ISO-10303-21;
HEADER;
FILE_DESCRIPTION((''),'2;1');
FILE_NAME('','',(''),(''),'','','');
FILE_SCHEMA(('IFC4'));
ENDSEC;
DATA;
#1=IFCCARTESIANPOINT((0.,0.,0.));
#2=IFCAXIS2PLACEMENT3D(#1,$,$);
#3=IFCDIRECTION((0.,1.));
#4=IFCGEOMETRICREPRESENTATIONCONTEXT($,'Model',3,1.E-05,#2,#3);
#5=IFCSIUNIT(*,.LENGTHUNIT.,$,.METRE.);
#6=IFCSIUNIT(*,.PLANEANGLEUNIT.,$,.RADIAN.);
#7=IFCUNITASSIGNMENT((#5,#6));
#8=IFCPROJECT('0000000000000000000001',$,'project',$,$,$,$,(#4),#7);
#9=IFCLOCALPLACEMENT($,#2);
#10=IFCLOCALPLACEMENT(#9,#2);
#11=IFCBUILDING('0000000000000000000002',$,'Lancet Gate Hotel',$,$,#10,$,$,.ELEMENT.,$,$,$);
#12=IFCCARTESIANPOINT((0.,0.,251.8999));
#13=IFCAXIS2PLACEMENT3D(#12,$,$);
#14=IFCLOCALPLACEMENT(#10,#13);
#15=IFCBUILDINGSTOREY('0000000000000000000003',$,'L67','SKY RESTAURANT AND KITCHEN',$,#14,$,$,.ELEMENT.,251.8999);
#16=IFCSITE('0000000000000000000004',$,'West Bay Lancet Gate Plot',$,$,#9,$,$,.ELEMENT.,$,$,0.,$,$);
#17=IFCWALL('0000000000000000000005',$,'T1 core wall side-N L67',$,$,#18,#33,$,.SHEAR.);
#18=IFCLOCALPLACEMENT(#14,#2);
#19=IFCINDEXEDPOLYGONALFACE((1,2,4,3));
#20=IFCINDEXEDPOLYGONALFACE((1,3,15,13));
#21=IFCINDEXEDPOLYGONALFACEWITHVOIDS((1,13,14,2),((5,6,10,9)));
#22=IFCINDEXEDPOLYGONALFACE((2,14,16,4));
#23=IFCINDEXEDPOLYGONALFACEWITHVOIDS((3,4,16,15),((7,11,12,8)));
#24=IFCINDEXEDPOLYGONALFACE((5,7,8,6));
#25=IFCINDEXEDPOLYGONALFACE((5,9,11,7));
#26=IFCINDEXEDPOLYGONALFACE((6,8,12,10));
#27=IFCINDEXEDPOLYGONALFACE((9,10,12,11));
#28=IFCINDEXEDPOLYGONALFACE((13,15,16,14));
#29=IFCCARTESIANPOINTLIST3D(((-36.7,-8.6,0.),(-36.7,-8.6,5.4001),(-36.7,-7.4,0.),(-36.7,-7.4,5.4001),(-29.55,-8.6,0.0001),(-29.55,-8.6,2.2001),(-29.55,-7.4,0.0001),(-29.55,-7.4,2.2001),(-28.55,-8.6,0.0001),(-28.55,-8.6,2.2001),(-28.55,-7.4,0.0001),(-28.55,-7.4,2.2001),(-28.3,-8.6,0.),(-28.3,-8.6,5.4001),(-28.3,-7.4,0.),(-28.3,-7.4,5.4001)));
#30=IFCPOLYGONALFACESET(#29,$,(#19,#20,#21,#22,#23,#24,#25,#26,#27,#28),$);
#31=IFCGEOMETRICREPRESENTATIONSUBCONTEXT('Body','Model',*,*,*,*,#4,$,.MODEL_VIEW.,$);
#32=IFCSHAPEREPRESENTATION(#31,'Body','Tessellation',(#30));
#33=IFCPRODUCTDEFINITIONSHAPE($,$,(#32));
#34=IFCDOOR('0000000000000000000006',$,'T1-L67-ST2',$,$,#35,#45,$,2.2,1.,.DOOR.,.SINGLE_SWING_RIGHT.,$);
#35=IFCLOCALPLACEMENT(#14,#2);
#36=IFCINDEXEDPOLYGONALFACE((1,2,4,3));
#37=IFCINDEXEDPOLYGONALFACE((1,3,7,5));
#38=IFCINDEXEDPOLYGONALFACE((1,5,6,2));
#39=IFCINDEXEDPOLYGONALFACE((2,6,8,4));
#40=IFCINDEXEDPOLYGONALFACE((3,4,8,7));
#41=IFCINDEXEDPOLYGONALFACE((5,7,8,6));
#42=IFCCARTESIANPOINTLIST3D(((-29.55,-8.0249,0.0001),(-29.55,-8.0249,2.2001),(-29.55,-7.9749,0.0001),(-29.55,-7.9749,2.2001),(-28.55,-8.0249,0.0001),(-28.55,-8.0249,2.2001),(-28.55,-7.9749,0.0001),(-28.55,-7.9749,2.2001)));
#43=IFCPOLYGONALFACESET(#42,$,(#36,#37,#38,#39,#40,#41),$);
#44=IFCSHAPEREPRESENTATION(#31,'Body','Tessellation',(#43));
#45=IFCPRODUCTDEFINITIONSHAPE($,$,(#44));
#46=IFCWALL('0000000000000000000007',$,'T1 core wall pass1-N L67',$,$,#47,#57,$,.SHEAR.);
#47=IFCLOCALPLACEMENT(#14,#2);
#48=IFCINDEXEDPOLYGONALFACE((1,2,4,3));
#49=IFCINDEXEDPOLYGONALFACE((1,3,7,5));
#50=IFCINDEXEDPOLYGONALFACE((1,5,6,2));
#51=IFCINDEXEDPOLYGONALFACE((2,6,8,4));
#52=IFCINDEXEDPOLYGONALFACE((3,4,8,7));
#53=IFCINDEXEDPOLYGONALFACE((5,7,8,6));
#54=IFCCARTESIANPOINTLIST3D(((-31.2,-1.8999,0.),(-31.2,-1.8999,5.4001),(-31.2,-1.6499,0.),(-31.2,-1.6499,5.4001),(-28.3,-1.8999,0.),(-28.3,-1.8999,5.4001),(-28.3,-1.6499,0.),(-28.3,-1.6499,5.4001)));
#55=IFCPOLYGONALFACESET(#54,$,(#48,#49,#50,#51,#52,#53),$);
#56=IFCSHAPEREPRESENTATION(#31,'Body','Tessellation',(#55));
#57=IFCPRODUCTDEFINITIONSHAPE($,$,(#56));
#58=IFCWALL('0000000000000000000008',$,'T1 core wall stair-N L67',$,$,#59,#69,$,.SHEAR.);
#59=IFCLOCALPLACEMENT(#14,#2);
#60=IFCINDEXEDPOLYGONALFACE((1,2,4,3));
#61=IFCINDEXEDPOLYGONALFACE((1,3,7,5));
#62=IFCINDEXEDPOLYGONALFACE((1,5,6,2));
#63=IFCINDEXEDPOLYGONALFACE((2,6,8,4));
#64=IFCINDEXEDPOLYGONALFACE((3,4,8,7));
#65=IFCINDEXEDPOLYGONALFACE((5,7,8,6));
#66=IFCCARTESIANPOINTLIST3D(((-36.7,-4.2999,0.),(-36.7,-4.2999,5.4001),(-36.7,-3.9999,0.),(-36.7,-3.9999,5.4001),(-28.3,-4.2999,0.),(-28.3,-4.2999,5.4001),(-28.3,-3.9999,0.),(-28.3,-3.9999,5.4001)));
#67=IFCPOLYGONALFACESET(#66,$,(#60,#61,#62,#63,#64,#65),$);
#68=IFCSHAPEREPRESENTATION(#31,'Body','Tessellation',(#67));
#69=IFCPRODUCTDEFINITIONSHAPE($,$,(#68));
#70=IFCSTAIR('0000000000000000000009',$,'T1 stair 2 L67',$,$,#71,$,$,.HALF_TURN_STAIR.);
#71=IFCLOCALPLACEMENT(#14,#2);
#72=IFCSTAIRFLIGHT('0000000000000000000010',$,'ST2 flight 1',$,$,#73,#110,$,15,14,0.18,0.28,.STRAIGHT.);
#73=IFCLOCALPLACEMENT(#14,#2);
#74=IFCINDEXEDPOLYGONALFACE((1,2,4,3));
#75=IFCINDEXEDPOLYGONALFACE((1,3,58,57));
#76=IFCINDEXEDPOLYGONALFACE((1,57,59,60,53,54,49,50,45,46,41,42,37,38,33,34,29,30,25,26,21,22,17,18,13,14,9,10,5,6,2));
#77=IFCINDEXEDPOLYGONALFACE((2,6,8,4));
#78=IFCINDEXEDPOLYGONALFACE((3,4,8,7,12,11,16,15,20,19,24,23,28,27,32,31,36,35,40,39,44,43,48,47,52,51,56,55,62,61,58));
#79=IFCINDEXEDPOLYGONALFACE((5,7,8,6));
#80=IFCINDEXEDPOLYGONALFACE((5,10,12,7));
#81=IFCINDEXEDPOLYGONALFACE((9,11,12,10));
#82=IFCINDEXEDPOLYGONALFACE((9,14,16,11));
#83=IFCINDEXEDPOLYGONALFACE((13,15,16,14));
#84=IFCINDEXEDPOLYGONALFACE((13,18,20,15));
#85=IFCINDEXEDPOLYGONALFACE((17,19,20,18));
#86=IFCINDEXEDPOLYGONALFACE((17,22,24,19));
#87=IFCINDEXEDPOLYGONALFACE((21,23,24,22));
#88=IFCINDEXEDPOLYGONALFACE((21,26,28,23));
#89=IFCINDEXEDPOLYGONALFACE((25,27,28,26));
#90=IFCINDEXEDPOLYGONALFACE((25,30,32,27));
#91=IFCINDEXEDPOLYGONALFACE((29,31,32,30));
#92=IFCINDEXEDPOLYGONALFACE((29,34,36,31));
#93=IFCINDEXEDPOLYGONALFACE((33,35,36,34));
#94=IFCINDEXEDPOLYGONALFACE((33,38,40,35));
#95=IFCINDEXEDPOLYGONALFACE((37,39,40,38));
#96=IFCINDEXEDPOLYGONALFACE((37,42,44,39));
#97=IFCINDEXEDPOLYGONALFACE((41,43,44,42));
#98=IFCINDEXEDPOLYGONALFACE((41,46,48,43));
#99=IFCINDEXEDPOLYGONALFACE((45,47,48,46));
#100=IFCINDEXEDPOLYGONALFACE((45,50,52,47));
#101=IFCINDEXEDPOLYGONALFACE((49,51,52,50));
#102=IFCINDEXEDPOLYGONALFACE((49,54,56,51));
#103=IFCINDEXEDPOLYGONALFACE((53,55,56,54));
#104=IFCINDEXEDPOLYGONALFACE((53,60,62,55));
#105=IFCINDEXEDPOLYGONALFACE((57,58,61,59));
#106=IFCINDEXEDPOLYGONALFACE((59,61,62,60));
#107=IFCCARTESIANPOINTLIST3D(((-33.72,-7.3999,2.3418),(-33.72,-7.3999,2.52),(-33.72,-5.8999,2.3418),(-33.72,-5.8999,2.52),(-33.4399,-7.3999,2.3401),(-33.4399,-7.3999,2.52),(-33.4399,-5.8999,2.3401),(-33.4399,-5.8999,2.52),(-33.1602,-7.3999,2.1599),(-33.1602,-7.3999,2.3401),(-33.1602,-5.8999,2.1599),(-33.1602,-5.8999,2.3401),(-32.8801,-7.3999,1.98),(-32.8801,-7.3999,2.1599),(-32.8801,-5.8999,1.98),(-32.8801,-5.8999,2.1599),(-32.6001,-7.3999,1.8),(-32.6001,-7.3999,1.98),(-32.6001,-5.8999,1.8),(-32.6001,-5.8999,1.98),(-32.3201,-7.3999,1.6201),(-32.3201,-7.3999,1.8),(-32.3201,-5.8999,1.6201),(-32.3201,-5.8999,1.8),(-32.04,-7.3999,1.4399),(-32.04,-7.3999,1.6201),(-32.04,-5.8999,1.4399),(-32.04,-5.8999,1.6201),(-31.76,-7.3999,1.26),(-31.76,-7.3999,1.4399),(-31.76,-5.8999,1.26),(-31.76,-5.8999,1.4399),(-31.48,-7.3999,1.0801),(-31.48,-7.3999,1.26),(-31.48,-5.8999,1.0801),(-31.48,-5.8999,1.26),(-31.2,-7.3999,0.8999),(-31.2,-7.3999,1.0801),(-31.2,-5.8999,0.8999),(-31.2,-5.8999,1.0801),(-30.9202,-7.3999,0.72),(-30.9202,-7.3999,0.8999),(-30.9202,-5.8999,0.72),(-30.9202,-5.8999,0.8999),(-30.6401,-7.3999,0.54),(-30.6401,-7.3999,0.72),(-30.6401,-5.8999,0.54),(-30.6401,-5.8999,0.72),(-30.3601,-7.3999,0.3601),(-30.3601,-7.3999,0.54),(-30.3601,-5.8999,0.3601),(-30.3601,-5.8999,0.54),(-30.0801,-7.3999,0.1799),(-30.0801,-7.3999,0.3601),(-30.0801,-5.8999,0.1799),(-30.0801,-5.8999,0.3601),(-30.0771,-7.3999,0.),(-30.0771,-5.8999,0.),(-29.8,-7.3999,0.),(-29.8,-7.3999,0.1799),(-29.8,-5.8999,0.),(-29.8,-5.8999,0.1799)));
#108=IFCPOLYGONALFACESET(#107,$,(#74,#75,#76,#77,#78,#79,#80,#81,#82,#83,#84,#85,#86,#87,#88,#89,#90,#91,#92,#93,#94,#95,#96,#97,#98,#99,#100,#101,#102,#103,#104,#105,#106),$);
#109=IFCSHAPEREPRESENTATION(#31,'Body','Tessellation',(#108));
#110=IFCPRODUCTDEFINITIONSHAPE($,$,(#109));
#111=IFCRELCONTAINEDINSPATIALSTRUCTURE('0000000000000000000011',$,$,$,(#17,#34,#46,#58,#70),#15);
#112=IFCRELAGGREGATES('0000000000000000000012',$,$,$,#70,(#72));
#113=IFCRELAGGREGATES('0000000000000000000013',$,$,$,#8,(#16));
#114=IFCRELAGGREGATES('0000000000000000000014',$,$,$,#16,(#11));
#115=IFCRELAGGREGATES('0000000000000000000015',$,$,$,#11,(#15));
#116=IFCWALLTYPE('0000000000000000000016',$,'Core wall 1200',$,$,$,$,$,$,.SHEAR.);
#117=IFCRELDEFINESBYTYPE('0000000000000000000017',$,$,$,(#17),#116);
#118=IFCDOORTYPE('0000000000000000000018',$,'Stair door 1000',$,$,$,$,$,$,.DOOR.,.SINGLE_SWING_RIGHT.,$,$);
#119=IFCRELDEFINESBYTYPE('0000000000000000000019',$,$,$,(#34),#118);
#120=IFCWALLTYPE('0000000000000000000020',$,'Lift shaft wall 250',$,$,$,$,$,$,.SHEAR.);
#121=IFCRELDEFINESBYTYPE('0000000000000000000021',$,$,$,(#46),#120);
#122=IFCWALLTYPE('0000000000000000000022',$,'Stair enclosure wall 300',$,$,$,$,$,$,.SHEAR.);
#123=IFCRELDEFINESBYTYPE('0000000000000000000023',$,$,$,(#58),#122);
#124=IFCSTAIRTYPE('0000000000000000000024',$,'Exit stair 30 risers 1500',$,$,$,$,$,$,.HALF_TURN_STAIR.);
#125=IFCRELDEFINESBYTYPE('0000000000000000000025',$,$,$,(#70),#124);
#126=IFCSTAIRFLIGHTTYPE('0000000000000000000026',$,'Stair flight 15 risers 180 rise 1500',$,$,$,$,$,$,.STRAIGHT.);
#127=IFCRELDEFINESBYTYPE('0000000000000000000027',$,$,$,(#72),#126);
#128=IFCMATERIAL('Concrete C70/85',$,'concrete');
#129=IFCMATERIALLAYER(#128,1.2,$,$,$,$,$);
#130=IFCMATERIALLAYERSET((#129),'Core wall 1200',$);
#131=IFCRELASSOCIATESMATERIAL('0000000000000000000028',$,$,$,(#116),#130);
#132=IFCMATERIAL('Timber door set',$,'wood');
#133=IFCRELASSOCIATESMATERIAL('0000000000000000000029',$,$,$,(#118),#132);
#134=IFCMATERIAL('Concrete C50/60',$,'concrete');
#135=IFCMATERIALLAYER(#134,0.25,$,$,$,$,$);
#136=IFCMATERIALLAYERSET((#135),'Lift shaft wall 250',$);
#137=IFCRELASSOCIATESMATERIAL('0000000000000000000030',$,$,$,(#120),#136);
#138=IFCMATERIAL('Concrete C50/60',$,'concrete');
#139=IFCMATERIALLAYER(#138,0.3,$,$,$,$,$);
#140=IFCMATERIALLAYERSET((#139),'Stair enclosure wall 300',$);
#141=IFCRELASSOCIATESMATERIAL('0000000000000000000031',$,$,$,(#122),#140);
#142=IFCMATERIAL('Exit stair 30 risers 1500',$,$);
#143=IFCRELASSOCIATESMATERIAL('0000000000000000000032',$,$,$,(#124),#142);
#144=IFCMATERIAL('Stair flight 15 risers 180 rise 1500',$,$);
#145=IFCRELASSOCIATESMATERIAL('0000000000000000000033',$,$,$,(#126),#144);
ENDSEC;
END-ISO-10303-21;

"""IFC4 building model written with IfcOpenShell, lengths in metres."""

from ifc_helpers import new_model, si_unit, direction, frame, frame_2d, origin, place, context, subcontext, project, spatial, polyline, rectangle, outline, extrude, material, layer, layer_set, type_object, element, fill, aggregate, save


model = new_model("IFC4")

# Units and contexts
model_context = context("Model", 3, precision=1e-05, world=origin(), true_north=direction((0.0, 1.0)))
body_context = subcontext(model_context, "Body", "Model", "MODEL_VIEW")
ifc_project = project(units=[si_unit("LENGTHUNIT", "METRE"), si_unit("PLANEANGLEUNIT", "RADIAN")], contexts=[model_context])

# Site, building, storey
site_placement = place(None, origin())
site = spatial("IfcSite", under=ifc_project, at=site_placement, Name="West Bay Lancet Gate Plot", CompositionType="ELEMENT", RefElevation=0.0)
building_placement = place(site_placement, origin())
building = spatial("IfcBuilding", under=site, at=building_placement, Name="Lancet Gate Hotel", CompositionType="ELEMENT")
storey_placement = place(building_placement, frame((0.0, 0.0, 251.8999)))
storey = spatial("IfcBuildingStorey", under=building, at=storey_placement, Name="L67", Description="SKY RESTAURANT AND KITCHEN", CompositionType="ELEMENT", Elevation=251.8999)

# Wall, opening, door
ifc_material_1 = material(Name="Concrete C70/85", Category="concrete")
ifc_layer_1 = layer(ifc_material_1, 1.2)
ifc_layer_set_1 = layer_set([ifc_layer_1], Name="Core wall 1200")
wall_type_1 = type_object("IfcWallType", Name="Core wall 1200", PredefinedType="SHEAR", material=ifc_layer_set_1)
wall_1_placement = place(storey_placement, frame((-28.3, -8.0, 0.0), z_axis=(0.0, 0.0, 1.0), x_axis=(-1.0, 0.0, 0.0)))
wall_1 = element("IfcWall", 1, at=wall_1_placement, inside=storey, type_object=wall_type_1, Name="T1 core wall side-N L67", PredefinedType="SHEAR", context=body_context, shape_type="SweptSolid", body=[
    extrude(rectangle(XDim=8.3999, YDim=1.2, at=frame_2d((4.2, 0.0))), origin(), (0.0, 0.0, 1.0), 5.4001),
])
opening_placement = place(wall_1_placement, frame((0.25, 0.0, 0.0)))
opening = element("IfcOpeningElement", 2, at=opening_placement, cuts=wall_1, PredefinedType="OPENING", context=body_context, shape_type="SweptSolid", body=[
    extrude(rectangle(XDim=1.0, YDim=2.2, at=frame_2d((0.5, 1.1001))), frame((0.0, 0.6099, 0.0), z_axis=(0.0, -1.0, 0.0), x_axis=(1.0, 0.0, 0.0)), (0.0, 0.0, 1.0), 1.22),
])
ifc_material_2 = material(Name="Timber door set", Category="wood")
door_type = type_object("IfcDoorType", Name="Stair door 1000", OperationType="SINGLE_SWING_RIGHT", PredefinedType="DOOR", material=ifc_material_2)
door_placement = place(opening_placement, origin())
door = element("IfcDoor", 3, at=door_placement, inside=storey, type_object=door_type, Name="T1-L67-ST2", OperationType="SINGLE_SWING_RIGHT", OverallHeight=2.2, OverallWidth=1.0, PredefinedType="DOOR", context=body_context, shape_type="SweptSolid", body=[
    extrude(rectangle(XDim=1.0, YDim=2.2, at=frame_2d((0.5, 1.1001))), frame((0.0, 0.0249, 0.0), z_axis=(0.0, -1.0, 0.0), x_axis=(1.0, 0.0, 0.0)), (0.0, 0.0, 1.0), 0.05),
])
fill(opening, door)

# Walls
ifc_material_3 = material(Name="Concrete C50/60", Category="concrete")
ifc_layer_2 = layer(ifc_material_3, 0.25)
ifc_layer_set_2 = layer_set([ifc_layer_2], Name="Lift shaft wall 250")
wall_type_2 = type_object("IfcWallType", Name="Lift shaft wall 250", PredefinedType="SHEAR", material=ifc_layer_set_2)
wall_2_placement = place(storey_placement, frame((-28.3, -1.7749, 0.0), z_axis=(0.0, 0.0, 1.0), x_axis=(-1.0, 0.0, 0.0)))
element("IfcWall", 4, at=wall_2_placement, inside=storey, type_object=wall_type_2, Name="T1 core wall pass1-N L67", PredefinedType="SHEAR", context=body_context, shape_type="SweptSolid", body=[
    extrude(rectangle(XDim=2.8999, YDim=0.25, at=frame_2d((1.45, 0.0))), origin(), (0.0, 0.0, 1.0), 5.4001),
])
ifc_material_4 = material(Name="Concrete C50/60", Category="concrete")
ifc_layer_3 = layer(ifc_material_4, 0.3)
ifc_layer_set_3 = layer_set([ifc_layer_3], Name="Stair enclosure wall 300")
wall_type_3 = type_object("IfcWallType", Name="Stair enclosure wall 300", PredefinedType="SHEAR", material=ifc_layer_set_3)
wall_3_placement = place(storey_placement, frame((-28.3, -4.1499, 0.0), z_axis=(0.0, 0.0, 1.0), x_axis=(-1.0, 0.0, 0.0)))
element("IfcWall", 5, at=wall_3_placement, inside=storey, type_object=wall_type_3, Name="T1 core wall stair-N L67", PredefinedType="SHEAR", context=body_context, shape_type="SweptSolid", body=[
    extrude(rectangle(XDim=8.3999, YDim=0.3, at=frame_2d((4.2, 0.0))), origin(), (0.0, 0.0, 1.0), 5.4001),
])

# Stair, stair flight
ifc_material_5 = material(Name="Exit stair 30 risers 1500")
stair_type = type_object("IfcStairType", Name="Exit stair 30 risers 1500", PredefinedType="HALF_TURN_STAIR", material=ifc_material_5)
stair_placement = place(storey_placement, origin())
stair = element("IfcStair", 6, at=stair_placement, inside=storey, type_object=stair_type, Name="T1 stair 2 L67", PredefinedType="HALF_TURN_STAIR")
ifc_material_6 = material(Name="Stair flight 15 risers 180 rise 1500")
stair_flight_type = type_object("IfcStairFlightType", Name="Stair flight 15 risers 180 rise 1500", PredefinedType="STRAIGHT", material=ifc_material_6)
stair_flight_placement = place(storey_placement, frame((-29.8, -6.6499, 0.0), z_axis=(0.0, 0.0, 1.0), x_axis=(-1.0, 0.0, 0.0)))
stair_flight = element("IfcStairFlight", 7, at=stair_flight_placement, type_object=stair_flight_type, Name="ST2 flight 1", NumberOfRisers=15, NumberOfTreads=14, PredefinedType="STRAIGHT", RiserHeight=0.18, TreadLength=0.28, context=body_context, shape_type="SweptSolid", body=[
    extrude(outline(polyline([(0.0, 0.0), (0.0, 0.1799), (0.28, 0.1799), (0.28, 0.3601), (0.5601, 0.3601), (0.5601, 0.54), (0.8401, 0.54), (0.8401, 0.72), (1.1201, 0.72), (1.1201, 0.8999), (1.3999, 0.8999), (1.3999, 1.0801), (1.6799, 1.0801), (1.6799, 1.26), (1.96, 1.26), (1.96, 1.4399), (2.24, 1.4399), (2.24, 1.6201), (2.52, 1.6201), (2.52, 1.8), (2.8, 1.8), (2.8, 1.98), (3.0801, 1.98), (3.0801, 2.1599), (3.3601, 2.1599), (3.3601, 2.3401), (3.6399, 2.3401), (3.6399, 2.52), (3.9199, 2.52), (3.9199, 2.7), (3.9199, 2.3418), (0.2771, 0.0), (0.0, 0.0)])), frame((0.0, 0.75, 0.0), z_axis=(0.0, -1.0, 0.0), x_axis=(1.0, 0.0, 0.0)), (0.0, 0.0, 1.0), 1.5),
])
aggregate(stair, [stair_flight])

save(model, "model.ifc")
